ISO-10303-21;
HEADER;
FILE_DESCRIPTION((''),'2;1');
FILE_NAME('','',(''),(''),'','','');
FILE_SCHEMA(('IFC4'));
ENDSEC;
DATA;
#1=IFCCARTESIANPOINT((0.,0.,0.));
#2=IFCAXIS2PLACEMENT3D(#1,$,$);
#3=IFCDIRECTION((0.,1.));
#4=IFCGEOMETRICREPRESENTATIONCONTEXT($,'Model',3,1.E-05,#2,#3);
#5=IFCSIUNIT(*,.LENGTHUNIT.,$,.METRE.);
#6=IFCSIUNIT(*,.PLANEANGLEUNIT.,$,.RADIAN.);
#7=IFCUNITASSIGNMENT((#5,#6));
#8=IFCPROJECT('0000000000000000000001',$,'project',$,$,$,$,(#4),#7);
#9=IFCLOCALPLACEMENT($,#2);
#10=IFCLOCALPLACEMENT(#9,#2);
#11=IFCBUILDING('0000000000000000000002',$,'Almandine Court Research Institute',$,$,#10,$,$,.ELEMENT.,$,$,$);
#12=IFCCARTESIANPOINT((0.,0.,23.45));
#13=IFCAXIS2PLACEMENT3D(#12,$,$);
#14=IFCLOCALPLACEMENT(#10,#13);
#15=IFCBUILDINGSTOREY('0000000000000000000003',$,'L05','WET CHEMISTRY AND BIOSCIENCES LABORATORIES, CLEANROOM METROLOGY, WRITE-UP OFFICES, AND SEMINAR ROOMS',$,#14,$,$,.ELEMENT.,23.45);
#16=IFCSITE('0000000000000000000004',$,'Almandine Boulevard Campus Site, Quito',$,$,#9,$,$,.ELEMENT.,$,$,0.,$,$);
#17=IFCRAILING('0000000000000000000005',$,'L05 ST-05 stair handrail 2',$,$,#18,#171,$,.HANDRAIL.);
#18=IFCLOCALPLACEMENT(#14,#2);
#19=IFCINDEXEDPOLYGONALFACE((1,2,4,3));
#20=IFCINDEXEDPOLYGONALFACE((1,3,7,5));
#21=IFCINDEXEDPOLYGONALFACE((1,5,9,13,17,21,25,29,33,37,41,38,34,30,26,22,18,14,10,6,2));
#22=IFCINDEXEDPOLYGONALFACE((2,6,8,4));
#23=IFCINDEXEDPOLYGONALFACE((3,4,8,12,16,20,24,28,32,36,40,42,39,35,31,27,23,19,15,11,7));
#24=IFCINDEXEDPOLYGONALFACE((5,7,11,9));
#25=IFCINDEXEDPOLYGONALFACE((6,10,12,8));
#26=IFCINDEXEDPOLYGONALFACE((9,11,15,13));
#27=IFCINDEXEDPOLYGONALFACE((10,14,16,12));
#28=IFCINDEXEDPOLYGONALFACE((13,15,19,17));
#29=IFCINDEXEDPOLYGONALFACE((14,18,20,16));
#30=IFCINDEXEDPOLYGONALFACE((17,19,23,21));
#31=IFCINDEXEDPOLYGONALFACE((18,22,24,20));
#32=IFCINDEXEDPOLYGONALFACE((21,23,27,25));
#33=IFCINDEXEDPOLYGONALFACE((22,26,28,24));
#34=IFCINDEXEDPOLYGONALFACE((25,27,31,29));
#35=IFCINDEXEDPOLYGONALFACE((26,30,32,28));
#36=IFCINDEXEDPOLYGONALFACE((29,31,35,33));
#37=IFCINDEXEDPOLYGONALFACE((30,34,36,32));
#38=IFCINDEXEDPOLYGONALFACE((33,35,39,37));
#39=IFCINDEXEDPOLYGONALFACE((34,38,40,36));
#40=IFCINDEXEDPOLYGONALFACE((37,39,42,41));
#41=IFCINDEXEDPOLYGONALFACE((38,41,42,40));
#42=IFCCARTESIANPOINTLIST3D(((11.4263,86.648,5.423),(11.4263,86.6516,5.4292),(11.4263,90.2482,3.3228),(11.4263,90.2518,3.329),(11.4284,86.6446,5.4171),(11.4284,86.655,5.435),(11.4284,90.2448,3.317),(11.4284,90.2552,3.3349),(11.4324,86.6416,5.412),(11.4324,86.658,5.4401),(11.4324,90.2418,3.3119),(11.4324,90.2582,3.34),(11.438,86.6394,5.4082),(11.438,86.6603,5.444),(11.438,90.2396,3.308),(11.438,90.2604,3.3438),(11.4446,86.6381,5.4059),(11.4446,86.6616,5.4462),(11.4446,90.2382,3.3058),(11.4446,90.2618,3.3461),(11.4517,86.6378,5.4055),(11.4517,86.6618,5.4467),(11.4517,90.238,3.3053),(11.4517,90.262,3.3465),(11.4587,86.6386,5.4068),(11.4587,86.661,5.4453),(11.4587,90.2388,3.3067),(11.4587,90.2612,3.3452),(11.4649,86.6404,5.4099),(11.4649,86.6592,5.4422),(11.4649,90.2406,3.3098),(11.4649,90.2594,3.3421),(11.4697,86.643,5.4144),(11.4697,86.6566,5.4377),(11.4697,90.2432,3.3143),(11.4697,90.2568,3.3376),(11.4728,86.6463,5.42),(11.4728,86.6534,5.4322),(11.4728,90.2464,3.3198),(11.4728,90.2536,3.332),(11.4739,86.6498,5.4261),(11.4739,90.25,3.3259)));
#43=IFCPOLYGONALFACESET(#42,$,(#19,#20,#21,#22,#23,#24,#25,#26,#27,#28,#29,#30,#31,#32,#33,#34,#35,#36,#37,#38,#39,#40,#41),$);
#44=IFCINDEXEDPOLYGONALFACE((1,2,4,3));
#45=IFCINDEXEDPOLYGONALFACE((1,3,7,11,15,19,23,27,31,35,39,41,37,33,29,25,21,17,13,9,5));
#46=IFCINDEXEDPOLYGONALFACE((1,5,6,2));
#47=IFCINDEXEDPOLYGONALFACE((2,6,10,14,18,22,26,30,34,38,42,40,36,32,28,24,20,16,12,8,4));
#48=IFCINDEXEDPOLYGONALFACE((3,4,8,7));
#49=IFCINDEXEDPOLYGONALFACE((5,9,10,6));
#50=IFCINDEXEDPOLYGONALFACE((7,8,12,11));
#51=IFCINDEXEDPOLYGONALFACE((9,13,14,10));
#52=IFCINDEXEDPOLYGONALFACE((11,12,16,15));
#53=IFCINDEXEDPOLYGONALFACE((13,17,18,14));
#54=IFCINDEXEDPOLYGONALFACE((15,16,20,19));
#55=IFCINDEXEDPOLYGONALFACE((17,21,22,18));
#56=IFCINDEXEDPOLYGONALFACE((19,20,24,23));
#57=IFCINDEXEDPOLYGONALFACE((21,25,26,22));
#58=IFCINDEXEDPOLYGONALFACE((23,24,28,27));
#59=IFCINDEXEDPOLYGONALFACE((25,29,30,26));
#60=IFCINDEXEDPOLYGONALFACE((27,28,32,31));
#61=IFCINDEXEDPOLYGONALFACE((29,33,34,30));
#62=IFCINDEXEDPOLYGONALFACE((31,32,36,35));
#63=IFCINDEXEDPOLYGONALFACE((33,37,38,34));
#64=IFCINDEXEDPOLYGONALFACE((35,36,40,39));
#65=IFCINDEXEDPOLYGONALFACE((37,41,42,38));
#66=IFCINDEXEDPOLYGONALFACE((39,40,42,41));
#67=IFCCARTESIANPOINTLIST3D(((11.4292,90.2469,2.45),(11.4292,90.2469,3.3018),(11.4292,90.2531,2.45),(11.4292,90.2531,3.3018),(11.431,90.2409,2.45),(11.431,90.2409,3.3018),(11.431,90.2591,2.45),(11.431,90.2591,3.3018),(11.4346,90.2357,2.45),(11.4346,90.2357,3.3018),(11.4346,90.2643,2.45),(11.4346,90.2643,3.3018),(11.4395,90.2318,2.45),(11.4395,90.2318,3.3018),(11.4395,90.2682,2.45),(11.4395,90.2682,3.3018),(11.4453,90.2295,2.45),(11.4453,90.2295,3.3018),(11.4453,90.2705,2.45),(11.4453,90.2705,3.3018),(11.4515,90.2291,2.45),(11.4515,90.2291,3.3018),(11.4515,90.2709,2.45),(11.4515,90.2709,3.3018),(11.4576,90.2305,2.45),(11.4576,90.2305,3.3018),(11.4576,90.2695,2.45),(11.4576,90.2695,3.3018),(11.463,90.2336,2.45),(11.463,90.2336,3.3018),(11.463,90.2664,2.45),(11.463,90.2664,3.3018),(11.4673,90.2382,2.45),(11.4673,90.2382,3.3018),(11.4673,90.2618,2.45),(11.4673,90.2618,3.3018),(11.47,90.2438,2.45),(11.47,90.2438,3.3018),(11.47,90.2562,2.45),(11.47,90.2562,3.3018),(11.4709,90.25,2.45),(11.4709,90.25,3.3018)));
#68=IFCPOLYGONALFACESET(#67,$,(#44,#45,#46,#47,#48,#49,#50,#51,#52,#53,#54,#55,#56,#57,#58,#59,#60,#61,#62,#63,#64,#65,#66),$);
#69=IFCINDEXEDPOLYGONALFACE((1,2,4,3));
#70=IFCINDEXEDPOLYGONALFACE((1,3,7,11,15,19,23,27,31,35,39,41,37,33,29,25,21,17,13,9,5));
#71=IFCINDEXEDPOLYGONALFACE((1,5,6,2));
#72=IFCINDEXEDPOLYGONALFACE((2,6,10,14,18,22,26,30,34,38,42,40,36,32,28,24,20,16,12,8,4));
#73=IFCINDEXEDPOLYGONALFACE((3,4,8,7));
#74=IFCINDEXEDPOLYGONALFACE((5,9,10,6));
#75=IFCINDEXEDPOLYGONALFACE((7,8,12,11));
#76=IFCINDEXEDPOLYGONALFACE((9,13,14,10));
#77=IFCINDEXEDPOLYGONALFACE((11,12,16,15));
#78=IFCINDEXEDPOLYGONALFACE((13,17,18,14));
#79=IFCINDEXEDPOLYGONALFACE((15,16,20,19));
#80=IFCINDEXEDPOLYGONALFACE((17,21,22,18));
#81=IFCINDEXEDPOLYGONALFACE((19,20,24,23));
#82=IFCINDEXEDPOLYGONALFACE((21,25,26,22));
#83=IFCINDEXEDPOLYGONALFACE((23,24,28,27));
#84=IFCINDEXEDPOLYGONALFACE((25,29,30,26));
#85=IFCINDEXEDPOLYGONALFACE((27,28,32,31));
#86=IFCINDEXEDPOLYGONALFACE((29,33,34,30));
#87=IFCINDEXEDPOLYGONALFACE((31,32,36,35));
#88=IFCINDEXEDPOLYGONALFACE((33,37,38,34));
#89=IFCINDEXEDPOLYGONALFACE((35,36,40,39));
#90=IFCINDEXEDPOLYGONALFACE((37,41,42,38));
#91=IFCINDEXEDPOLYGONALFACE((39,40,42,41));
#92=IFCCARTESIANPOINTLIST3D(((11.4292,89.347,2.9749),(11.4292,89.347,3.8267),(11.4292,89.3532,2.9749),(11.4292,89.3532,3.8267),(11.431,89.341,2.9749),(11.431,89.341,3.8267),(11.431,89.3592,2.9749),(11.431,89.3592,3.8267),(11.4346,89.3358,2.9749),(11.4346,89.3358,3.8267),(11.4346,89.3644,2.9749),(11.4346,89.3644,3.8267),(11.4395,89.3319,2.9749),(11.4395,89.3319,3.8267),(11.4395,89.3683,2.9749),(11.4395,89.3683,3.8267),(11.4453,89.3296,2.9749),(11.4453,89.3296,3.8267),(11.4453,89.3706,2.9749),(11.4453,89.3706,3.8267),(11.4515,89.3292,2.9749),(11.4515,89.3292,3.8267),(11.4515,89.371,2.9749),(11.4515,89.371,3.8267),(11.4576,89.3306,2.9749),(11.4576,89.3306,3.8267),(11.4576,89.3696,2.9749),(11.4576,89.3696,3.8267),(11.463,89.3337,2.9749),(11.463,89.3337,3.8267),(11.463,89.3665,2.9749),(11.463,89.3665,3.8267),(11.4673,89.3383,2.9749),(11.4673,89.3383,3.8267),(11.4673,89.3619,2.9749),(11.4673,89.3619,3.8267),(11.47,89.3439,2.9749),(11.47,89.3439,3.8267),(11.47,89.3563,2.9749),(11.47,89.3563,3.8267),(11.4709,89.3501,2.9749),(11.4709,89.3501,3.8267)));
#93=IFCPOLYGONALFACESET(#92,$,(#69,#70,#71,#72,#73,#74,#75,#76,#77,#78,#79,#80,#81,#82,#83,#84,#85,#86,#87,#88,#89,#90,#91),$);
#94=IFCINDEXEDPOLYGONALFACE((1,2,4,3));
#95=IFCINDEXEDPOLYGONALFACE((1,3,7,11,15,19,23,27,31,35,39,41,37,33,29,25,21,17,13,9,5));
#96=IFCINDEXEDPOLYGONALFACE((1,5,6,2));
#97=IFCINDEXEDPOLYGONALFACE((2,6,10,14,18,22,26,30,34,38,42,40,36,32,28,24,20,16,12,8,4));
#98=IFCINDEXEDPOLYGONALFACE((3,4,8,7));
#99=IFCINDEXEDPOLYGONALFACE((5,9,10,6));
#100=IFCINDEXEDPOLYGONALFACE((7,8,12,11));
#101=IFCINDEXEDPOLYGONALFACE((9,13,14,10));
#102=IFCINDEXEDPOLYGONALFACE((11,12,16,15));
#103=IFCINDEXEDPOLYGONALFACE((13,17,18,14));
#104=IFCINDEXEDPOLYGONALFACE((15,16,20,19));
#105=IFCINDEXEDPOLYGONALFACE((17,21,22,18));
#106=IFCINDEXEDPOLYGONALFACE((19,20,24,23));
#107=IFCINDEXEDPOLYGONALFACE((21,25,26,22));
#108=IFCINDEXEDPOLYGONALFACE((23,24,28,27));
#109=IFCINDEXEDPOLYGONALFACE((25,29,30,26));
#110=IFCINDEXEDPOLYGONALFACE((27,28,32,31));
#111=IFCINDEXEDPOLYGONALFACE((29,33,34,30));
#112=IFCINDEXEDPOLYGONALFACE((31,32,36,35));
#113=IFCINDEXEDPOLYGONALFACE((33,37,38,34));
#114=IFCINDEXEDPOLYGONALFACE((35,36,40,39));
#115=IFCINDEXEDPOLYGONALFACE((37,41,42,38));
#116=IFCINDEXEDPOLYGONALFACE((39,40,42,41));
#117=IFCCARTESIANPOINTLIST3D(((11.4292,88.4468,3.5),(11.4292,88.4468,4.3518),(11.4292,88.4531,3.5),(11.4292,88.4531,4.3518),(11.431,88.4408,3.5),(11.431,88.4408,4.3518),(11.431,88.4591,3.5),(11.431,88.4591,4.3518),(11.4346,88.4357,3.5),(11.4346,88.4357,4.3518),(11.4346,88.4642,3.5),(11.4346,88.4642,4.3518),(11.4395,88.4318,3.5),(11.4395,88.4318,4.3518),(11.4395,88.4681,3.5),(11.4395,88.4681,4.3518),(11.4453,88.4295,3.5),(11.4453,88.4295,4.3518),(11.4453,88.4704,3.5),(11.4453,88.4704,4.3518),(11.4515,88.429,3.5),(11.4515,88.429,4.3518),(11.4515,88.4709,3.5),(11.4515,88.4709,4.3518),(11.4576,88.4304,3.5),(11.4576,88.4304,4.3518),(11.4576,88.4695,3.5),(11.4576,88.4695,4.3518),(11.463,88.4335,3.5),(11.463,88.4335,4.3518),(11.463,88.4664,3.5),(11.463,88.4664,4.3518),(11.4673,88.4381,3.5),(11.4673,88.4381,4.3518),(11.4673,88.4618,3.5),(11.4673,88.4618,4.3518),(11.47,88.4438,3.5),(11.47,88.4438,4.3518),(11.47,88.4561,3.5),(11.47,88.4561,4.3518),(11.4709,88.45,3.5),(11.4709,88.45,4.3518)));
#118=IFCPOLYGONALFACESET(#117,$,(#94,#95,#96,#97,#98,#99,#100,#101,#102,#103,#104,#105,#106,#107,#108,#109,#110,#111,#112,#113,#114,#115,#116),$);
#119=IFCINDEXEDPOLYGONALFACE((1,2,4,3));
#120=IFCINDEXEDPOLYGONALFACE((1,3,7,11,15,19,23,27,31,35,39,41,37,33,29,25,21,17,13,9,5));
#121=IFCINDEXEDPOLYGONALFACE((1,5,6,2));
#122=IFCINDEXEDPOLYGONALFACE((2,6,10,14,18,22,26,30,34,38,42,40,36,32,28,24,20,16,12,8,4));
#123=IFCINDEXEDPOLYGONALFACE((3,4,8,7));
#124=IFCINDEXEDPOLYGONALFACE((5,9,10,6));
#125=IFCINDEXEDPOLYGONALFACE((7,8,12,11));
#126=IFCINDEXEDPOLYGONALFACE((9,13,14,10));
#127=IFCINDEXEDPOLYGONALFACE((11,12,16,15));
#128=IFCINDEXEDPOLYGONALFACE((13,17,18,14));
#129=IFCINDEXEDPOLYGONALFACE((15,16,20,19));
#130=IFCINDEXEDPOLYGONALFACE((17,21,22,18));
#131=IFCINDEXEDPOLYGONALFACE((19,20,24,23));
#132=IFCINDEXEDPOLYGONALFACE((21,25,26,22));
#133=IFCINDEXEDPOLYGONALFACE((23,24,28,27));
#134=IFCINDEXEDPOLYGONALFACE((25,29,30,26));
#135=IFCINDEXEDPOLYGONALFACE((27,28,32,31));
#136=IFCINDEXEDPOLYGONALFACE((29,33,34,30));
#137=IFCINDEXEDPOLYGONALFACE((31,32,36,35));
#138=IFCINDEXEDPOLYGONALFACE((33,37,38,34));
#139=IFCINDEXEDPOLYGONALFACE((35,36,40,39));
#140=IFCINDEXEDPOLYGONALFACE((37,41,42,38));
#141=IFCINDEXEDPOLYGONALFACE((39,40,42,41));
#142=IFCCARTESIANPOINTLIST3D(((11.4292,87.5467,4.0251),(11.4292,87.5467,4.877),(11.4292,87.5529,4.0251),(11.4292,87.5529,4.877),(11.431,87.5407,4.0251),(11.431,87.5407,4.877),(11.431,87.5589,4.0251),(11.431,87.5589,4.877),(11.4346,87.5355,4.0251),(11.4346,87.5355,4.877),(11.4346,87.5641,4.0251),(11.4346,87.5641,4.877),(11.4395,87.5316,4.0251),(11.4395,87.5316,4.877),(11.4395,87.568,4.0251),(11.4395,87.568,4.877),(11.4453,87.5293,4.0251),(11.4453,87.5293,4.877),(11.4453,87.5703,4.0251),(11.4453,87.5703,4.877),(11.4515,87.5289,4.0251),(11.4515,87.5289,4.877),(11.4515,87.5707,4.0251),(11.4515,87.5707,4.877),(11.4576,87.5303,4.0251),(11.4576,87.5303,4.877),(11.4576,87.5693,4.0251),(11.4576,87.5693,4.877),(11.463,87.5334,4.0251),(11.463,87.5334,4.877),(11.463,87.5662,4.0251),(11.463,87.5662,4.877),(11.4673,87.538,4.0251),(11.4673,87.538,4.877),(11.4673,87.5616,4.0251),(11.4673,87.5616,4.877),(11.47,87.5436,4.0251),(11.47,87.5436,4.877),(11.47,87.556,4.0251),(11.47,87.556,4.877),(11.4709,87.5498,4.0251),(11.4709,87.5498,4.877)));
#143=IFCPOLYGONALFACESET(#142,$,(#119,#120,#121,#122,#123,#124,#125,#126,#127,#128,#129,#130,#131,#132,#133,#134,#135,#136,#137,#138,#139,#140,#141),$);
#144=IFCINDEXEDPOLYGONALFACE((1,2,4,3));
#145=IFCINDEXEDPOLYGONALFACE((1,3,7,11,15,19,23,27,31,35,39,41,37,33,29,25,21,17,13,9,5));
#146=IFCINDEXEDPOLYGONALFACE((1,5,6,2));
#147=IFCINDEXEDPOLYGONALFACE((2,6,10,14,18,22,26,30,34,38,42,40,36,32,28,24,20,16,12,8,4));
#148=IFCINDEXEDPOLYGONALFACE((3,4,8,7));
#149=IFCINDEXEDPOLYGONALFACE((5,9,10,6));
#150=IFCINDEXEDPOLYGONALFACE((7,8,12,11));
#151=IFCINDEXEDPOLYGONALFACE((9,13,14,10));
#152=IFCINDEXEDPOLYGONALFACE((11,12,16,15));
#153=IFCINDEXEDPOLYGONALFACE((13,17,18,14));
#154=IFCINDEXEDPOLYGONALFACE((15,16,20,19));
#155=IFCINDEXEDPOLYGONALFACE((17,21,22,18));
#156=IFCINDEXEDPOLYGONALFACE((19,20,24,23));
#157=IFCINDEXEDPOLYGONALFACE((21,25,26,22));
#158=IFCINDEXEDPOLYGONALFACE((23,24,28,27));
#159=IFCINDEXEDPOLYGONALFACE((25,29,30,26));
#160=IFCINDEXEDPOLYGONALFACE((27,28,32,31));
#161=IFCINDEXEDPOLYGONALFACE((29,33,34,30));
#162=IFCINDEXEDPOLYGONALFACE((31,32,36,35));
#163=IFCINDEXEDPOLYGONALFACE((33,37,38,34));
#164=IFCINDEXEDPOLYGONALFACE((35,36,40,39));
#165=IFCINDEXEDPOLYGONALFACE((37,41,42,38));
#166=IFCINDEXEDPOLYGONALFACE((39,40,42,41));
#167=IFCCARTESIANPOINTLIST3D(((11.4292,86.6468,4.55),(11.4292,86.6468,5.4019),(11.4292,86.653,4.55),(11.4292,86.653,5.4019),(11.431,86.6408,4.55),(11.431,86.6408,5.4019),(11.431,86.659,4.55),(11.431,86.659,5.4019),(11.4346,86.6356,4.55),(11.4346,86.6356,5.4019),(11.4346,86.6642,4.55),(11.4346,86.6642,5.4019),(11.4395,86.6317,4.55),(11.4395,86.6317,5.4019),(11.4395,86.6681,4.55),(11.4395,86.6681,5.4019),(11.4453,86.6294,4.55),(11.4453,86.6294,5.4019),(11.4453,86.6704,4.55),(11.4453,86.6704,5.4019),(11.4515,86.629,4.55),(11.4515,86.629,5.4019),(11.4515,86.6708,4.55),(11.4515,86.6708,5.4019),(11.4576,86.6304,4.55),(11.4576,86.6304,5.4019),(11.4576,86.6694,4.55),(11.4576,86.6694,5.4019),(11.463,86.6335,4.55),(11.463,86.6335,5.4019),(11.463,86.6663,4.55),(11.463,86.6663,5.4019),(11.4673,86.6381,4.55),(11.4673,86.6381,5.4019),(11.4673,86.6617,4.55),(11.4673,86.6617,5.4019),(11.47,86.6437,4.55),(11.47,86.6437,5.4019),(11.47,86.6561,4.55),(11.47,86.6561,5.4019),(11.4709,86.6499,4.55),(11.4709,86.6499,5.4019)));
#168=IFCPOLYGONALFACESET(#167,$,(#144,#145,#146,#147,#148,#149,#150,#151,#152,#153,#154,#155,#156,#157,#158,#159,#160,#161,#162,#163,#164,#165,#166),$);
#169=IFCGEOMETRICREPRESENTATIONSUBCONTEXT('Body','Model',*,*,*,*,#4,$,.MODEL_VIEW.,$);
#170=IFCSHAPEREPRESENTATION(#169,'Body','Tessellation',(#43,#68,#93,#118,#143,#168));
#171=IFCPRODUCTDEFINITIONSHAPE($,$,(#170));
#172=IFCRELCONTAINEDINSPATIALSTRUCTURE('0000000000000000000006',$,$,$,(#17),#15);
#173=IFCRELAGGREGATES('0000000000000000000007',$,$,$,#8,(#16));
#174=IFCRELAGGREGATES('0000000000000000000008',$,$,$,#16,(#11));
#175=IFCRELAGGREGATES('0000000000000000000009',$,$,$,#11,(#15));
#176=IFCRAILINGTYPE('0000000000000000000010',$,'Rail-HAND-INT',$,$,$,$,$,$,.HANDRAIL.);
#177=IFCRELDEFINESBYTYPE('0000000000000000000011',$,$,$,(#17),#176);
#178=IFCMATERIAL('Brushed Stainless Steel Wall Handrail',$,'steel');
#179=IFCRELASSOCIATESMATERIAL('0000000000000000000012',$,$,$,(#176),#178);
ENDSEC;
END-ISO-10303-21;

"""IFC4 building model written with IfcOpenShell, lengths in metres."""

from ifc_helpers import new_model, si_unit, direction, frame, origin, origin_2d, place, context, subcontext, project, spatial, circle, extrude, material, type_object, element, save


model = new_model("IFC4")

# Units and contexts
model_context = context("Model", 3, precision=1e-05, world=origin(), true_north=direction((0.0, 1.0)))
body_context = subcontext(model_context, "Body", "Model", "MODEL_VIEW")
ifc_project = project(units=[si_unit("LENGTHUNIT", "METRE"), si_unit("PLANEANGLEUNIT", "RADIAN")], contexts=[model_context])

# Site, building, storey
site_placement = place(None, origin())
site = spatial("IfcSite", under=ifc_project, at=site_placement, Name="Almandine Boulevard Campus Site, Quito", CompositionType="ELEMENT", RefElevation=0.0)
building_placement = place(site_placement, origin())
building = spatial("IfcBuilding", under=site, at=building_placement, Name="Almandine Court Research Institute", CompositionType="ELEMENT")
storey_placement = place(building_placement, frame((0.0, 0.0, 23.45)))
storey = spatial("IfcBuildingStorey", under=building, at=storey_placement, Name="L05", Description="WET CHEMISTRY AND BIOSCIENCES LABORATORIES, CLEANROOM METROLOGY, WRITE-UP OFFICES, AND SEMINAR ROOMS", CompositionType="ELEMENT", Elevation=23.45)

# Railing
ifc_material_1 = material(Name="Brushed Stainless Steel Wall Handrail", Category="steel")
railing_type_1 = type_object("IfcRailingType", Name="Rail-HAND-INT", PredefinedType="HANDRAIL", material=ifc_material_1)
railing_1_placement = place(storey_placement, frame((11.45, 90.25, 2.45)))
element("IfcRailing", 1, at=railing_1_placement, inside=storey, type_object=railing_type_1, Name="L05 ST-05 stair handrail 2", PredefinedType="HANDRAIL", context=body_context, shape_type="SweptSolid", body=[
    extrude(circle(Radius=0.0239, at=origin_2d()), frame((0.0, 0.0, 0.876), z_axis=(0.0, -0.863775, 0.503878), x_axis=(1.0, 0.0, 0.0)), (0.0, 0.0, 1.0), 4.168),
    extrude(circle(Radius=0.021, at=origin_2d()), origin(), (0.0, 0.0, 1.0), 0.8518),
    extrude(circle(Radius=0.021, at=origin_2d()), frame((0.0, -0.8999, 0.5249)), (0.0, 0.0, 1.0), 0.8518),
    extrude(circle(Radius=0.021, at=origin_2d()), frame((0.0, -1.8, 1.05)), (0.0, 0.0, 1.0), 0.8518),
    extrude(circle(Radius=0.021, at=origin_2d()), frame((0.0, -2.7002, 1.5752)), (0.0, 0.0, 1.0), 0.8518),
    extrude(circle(Radius=0.021, at=origin_2d()), frame((0.0, -3.6001, 2.1001)), (0.0, 0.0, 1.0), 0.8518),
])

save(model, "model.ifc")
